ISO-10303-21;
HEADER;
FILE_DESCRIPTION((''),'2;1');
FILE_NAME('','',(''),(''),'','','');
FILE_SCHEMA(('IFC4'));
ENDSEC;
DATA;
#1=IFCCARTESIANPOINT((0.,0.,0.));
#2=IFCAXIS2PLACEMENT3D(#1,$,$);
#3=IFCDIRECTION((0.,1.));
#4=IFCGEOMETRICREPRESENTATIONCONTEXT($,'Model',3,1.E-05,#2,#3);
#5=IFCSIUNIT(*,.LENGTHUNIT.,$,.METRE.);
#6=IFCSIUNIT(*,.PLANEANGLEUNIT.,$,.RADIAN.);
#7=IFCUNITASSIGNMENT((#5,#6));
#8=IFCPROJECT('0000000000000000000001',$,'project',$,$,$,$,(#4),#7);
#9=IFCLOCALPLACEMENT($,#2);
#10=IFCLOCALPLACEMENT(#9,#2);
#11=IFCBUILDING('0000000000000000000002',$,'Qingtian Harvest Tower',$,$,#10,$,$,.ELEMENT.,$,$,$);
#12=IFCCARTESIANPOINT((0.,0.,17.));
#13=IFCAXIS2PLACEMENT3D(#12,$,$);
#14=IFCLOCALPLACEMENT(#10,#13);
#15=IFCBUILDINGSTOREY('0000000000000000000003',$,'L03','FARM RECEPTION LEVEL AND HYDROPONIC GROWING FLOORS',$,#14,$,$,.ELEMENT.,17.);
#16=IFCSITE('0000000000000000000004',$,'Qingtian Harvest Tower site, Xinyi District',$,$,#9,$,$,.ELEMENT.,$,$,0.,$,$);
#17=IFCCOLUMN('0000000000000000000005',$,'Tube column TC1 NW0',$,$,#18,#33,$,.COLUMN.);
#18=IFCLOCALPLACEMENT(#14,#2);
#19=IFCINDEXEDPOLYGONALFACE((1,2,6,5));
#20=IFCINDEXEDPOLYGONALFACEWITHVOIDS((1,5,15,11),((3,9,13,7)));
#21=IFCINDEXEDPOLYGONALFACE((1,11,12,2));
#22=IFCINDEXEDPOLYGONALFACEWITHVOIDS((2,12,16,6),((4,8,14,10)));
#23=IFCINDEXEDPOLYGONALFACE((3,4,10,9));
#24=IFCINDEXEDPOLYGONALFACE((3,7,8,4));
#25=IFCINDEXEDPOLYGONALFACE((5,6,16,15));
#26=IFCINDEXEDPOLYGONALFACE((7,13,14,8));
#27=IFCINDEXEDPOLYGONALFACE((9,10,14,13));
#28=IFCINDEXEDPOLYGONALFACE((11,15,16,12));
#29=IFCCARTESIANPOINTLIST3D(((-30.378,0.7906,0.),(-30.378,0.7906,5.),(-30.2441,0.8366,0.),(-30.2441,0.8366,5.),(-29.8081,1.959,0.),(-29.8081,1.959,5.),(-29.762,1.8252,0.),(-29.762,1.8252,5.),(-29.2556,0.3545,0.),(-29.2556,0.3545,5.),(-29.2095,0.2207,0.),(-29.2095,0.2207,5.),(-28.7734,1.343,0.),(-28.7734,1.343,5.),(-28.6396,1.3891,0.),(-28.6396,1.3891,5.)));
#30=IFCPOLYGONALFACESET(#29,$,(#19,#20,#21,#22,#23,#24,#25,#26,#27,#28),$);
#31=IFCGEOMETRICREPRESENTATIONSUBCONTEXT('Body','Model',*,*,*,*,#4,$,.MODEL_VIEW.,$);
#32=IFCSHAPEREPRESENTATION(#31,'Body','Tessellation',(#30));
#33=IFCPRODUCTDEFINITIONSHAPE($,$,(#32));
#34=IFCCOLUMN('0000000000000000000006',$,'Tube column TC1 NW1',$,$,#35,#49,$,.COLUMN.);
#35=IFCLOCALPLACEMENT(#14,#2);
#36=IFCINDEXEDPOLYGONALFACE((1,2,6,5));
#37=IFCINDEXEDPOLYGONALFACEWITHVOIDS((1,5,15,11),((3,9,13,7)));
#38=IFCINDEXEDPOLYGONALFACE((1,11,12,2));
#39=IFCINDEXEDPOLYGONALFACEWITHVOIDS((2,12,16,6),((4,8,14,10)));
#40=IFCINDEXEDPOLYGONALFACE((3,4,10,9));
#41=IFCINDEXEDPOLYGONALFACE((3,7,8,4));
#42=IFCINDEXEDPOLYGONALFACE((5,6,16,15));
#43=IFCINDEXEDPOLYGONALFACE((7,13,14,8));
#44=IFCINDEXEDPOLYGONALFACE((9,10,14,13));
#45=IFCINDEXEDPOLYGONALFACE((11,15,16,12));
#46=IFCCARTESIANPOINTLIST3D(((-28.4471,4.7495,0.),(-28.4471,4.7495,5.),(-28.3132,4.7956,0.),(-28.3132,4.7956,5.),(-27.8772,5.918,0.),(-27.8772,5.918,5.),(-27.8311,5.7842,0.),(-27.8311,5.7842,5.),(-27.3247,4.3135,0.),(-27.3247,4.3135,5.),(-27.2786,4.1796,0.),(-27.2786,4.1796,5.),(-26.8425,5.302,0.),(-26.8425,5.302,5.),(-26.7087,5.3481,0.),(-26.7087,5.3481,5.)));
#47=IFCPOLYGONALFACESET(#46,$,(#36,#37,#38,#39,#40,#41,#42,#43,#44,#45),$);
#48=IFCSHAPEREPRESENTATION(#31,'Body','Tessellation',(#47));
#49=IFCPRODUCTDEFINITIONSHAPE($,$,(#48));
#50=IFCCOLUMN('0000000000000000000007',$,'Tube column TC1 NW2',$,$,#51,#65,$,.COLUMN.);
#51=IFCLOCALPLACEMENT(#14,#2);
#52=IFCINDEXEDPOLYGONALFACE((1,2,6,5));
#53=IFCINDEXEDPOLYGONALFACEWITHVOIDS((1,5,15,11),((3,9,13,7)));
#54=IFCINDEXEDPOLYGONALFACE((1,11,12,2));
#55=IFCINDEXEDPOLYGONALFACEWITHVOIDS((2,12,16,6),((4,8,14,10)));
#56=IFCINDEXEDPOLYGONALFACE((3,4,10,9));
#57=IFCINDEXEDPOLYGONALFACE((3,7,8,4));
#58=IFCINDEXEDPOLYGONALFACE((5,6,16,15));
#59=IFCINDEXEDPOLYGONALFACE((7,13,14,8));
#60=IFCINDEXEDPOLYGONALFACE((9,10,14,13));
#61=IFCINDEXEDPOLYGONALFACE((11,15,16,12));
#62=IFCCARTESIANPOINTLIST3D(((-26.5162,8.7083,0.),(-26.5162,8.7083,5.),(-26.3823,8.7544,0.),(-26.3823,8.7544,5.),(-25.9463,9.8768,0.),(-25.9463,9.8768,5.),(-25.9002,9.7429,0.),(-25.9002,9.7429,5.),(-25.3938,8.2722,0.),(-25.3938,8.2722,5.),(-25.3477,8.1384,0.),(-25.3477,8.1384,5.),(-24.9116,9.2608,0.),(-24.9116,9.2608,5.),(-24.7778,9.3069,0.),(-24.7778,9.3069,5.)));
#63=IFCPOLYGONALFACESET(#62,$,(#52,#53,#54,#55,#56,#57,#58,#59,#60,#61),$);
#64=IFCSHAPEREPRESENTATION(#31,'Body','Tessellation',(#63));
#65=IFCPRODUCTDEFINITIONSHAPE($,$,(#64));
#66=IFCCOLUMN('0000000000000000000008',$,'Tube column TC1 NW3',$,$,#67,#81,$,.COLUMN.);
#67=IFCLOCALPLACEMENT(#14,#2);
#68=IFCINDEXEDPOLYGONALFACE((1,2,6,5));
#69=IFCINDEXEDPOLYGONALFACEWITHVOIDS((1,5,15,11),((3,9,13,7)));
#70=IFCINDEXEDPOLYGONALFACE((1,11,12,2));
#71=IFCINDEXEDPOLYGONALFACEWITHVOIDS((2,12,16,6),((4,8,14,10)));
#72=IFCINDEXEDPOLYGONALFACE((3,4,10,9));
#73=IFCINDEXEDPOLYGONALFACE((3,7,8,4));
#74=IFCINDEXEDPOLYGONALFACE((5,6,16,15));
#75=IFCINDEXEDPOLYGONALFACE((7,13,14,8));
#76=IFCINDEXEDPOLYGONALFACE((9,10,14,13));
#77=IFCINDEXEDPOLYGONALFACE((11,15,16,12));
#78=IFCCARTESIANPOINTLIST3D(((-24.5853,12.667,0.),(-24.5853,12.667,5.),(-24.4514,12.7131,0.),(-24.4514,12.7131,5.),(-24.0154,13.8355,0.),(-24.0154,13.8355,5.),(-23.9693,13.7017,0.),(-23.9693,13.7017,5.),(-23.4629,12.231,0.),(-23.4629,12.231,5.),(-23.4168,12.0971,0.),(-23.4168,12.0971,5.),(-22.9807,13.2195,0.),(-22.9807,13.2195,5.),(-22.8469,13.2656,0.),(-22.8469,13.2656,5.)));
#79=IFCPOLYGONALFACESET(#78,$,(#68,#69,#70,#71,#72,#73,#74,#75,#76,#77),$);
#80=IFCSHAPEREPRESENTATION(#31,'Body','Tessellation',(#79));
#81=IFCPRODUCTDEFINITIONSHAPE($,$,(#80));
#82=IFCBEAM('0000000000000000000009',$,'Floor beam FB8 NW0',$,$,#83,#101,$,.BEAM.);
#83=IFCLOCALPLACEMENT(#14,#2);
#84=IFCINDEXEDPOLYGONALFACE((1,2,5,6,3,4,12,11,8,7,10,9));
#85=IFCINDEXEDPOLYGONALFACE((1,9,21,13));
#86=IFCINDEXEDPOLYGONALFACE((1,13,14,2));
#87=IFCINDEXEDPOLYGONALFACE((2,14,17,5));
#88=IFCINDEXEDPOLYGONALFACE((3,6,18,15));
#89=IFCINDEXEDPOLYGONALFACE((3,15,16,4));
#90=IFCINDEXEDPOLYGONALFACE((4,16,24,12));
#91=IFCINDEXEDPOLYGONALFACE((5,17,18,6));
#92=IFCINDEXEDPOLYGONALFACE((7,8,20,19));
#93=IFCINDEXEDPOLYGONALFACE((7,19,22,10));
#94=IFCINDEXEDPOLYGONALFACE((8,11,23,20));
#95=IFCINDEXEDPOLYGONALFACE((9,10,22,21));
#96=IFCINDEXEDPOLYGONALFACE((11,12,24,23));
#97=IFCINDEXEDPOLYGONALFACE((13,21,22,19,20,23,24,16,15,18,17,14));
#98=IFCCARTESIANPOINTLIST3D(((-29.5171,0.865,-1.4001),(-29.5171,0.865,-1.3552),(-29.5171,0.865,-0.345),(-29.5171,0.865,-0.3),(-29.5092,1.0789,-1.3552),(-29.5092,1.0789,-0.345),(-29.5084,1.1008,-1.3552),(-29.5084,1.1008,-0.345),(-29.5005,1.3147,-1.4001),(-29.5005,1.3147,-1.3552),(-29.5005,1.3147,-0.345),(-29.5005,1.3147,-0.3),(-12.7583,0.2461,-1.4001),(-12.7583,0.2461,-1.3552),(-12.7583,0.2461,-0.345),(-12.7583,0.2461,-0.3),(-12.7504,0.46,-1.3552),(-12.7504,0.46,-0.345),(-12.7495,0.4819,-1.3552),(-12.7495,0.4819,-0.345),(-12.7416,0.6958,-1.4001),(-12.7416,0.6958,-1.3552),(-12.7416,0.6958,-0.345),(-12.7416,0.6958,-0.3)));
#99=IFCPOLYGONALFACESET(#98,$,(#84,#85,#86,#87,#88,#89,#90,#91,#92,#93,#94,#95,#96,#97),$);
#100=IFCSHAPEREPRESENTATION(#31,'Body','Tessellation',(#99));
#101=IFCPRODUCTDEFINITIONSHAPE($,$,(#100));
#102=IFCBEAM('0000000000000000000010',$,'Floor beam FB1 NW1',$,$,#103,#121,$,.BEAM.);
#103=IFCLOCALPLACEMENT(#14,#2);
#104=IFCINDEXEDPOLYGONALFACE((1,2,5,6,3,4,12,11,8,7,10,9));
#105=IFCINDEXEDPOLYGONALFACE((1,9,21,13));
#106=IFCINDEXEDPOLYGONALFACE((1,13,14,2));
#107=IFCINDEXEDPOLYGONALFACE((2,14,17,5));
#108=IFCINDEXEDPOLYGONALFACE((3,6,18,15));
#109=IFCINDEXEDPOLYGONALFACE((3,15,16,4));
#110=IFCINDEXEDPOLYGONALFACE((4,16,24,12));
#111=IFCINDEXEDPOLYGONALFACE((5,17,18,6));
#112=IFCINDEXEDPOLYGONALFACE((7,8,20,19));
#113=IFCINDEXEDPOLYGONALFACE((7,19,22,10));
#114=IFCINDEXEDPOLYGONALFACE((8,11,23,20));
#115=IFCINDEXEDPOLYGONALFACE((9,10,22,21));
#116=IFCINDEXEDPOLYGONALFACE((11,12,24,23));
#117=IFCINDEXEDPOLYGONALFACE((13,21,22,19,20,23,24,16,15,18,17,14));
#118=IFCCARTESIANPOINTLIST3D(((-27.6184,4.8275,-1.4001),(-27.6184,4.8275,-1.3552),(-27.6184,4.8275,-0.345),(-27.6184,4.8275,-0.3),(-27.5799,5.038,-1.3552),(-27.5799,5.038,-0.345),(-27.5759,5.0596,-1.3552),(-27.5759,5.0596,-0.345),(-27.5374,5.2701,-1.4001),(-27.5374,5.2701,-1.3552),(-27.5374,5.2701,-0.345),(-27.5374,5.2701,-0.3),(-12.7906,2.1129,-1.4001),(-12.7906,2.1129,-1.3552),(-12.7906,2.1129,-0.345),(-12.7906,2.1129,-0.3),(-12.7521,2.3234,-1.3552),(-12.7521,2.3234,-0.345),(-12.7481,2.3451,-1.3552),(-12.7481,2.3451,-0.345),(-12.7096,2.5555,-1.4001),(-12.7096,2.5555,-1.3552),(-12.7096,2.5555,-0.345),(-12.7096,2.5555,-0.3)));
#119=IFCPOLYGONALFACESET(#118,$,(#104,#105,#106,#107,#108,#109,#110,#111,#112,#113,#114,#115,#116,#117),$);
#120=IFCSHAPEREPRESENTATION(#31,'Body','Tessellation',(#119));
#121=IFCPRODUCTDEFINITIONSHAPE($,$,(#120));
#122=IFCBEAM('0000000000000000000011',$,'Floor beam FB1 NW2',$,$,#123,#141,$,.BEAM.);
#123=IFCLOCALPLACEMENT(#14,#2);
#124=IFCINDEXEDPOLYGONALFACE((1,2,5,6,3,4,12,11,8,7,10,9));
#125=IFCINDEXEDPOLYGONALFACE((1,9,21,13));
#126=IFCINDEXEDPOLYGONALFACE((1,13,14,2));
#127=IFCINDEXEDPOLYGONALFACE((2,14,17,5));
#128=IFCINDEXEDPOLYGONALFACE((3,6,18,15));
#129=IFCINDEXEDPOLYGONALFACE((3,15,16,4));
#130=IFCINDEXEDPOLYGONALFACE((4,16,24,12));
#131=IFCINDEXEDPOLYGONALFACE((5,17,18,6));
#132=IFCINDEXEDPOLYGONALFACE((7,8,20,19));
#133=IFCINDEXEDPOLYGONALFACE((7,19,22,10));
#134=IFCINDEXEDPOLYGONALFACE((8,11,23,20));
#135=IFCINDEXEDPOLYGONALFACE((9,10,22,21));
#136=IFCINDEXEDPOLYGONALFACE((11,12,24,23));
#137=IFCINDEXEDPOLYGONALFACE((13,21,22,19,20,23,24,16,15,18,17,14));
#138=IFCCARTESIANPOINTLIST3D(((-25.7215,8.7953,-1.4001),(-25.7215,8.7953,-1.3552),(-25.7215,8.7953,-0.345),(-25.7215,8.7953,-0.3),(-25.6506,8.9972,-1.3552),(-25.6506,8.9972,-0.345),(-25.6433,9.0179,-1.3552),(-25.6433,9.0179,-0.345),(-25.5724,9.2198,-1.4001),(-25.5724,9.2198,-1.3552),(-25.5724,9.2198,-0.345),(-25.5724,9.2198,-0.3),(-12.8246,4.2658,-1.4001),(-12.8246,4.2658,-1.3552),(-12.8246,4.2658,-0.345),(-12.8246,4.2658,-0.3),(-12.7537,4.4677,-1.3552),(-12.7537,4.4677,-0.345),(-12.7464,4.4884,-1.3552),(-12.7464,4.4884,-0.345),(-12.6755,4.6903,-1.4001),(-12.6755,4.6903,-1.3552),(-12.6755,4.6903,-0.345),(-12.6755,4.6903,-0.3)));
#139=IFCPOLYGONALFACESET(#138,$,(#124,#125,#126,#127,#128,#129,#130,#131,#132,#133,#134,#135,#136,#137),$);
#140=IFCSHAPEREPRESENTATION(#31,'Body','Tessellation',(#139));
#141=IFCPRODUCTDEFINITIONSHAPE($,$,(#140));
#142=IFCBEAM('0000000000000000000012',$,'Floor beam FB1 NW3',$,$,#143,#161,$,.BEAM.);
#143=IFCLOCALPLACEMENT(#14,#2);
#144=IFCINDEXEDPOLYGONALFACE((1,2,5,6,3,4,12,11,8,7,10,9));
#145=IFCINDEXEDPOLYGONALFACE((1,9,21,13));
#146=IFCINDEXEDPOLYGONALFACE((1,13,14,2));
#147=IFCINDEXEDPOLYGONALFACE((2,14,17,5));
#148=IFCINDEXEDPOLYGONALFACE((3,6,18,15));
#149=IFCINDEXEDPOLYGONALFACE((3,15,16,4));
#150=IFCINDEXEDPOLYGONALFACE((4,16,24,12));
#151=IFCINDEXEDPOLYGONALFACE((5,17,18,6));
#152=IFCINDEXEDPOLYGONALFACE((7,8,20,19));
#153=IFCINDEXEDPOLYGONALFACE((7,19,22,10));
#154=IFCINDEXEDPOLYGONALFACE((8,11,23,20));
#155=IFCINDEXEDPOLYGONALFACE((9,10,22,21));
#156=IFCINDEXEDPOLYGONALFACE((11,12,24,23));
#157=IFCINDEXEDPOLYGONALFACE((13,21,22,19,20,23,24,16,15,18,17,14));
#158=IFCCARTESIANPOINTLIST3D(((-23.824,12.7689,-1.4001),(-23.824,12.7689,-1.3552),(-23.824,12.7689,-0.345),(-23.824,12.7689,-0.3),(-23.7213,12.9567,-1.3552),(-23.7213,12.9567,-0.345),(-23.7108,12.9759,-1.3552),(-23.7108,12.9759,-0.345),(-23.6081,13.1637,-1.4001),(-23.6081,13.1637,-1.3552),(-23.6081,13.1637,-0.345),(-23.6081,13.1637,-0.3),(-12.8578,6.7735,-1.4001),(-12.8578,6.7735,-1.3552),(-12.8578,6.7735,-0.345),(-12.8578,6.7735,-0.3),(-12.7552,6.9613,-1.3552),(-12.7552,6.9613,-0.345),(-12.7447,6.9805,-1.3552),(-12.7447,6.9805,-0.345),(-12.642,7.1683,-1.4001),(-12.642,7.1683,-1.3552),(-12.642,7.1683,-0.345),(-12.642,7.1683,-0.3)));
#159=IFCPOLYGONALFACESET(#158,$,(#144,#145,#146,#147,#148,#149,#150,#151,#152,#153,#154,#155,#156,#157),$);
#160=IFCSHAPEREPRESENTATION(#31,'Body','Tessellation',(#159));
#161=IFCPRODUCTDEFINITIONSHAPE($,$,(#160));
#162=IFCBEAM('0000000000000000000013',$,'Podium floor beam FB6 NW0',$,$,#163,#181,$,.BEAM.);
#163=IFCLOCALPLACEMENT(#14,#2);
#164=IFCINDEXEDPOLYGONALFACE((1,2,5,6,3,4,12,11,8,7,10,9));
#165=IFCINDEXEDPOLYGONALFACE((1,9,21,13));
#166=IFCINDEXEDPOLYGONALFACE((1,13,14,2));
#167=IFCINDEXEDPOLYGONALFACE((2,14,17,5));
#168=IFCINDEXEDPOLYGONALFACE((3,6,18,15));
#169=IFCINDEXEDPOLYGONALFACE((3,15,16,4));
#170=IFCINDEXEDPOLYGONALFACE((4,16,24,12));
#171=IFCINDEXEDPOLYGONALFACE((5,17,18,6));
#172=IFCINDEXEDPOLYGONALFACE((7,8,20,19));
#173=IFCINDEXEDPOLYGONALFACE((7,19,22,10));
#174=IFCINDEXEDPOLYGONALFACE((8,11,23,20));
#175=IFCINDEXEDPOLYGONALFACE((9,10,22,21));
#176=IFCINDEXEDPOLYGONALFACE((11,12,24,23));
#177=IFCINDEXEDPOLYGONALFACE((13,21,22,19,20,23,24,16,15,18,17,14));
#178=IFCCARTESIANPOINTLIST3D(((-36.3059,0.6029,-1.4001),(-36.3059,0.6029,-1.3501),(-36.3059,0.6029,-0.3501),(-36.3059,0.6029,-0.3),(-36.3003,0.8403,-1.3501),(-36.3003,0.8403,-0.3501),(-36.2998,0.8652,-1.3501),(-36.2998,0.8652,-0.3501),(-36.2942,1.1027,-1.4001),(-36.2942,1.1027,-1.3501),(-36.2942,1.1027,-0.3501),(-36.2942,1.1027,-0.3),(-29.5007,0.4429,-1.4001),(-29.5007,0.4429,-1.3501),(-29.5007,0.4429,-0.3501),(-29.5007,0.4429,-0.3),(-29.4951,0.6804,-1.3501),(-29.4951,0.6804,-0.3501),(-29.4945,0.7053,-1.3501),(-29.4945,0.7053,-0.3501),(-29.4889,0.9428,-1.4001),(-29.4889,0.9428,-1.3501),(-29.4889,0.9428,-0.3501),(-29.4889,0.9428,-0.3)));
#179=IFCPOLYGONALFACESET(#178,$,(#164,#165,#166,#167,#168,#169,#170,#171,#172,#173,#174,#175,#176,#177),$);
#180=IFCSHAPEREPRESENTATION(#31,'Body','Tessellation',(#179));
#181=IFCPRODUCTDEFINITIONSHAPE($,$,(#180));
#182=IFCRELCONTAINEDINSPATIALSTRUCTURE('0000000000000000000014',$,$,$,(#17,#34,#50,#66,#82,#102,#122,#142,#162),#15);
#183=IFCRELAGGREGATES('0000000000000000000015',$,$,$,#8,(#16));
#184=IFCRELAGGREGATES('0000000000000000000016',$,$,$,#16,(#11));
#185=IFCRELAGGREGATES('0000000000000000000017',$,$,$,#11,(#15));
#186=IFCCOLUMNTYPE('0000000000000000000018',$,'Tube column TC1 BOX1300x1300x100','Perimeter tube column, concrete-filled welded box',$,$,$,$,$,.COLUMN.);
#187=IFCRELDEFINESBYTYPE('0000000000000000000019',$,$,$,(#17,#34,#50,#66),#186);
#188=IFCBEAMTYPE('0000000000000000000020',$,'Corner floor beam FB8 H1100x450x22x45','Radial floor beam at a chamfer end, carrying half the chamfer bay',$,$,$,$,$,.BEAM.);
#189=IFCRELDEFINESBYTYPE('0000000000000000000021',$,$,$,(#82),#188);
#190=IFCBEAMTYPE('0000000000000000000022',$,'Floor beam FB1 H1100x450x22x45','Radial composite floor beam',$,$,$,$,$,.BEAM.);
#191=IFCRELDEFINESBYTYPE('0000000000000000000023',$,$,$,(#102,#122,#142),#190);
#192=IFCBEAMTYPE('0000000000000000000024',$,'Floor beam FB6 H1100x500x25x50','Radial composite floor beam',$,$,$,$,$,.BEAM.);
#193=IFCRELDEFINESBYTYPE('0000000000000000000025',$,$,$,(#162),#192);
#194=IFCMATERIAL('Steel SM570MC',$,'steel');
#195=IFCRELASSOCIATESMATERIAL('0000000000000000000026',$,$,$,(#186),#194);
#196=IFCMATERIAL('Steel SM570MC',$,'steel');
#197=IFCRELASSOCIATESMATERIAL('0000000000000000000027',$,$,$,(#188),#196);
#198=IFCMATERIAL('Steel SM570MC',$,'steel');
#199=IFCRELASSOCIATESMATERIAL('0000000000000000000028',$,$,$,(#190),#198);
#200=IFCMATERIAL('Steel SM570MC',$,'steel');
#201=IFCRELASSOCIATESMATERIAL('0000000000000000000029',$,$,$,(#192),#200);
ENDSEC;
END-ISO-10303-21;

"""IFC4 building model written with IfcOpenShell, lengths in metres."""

from ifc_helpers import new_model, si_unit, direction, frame, origin, origin_2d, place, context, subcontext, project, spatial, hollow_rectangle, i_section, extrude, material, material_profile, profile_set, type_object, element, save


model = new_model("IFC4")

# Units and contexts
model_context = context("Model", 3, precision=1e-05, world=origin(), true_north=direction((0.0, 1.0)))
body_context = subcontext(model_context, "Body", "Model", "MODEL_VIEW")
ifc_project = project(units=[si_unit("LENGTHUNIT", "METRE"), si_unit("PLANEANGLEUNIT", "RADIAN")], contexts=[model_context])

# Site, building, storey
site_placement = place(None, origin())
site = spatial("IfcSite", under=ifc_project, at=site_placement, Name="Qingtian Harvest Tower site, Xinyi District", CompositionType="ELEMENT", RefElevation=0.0)
building_placement = place(site_placement, origin())
building = spatial("IfcBuilding", under=site, at=building_placement, Name="Qingtian Harvest Tower", CompositionType="ELEMENT")
storey_placement = place(building_placement, frame((0.0, 0.0, 17.0)))
storey = spatial("IfcBuildingStorey", under=building, at=storey_placement, Name="L03", Description="FARM RECEPTION LEVEL AND HYDROPONIC GROWING FLOORS", CompositionType="ELEMENT", Elevation=17.0)

# Columns
ifc_material_1 = material(Name="Steel SM570MC", Category="steel")
ifc_material_profile_1 = material_profile(ifc_material_1, hollow_rectangle(XDim=1.3, YDim=1.3, WallThickness=0.1001, at=origin_2d()), Name="BOX1300x1300x100")
ifc_profile_set_1 = profile_set([ifc_material_profile_1], Name="Steel SM570MC")
column_type = type_object("IfcColumnType", Name="Tube column TC1 BOX1300x1300x100", Description="Perimeter tube column, concrete-filled welded box", PredefinedType="COLUMN", material=ifc_profile_set_1)
for number, where, z_axis, x_axis, name in (
    (1, (-29.5088, 1.0898, 0.0), (0.0, 0.0, 1.0), (-0.438371, -0.898794, 0.0), "Tube column TC1 NW0"),
    (2, (-27.5779, 5.0488, 0.0), (0.0, 0.0, 1.0), (-0.438371, -0.898794, 0.0), "Tube column TC1 NW1"),
    (3, (-25.647, 9.0076, 0.0), (0.0, 0.0, 1.0), (-0.438371, -0.898794, 0.0), "Tube column TC1 NW2"),
    (4, (-23.7161, 12.9663, 0.0), (0.0, 0.0, 1.0), (-0.438371, -0.898794, 0.0), "Tube column TC1 NW3"),
):
    element("IfcColumn", number, at=place(storey_placement, frame(where, z_axis=z_axis, x_axis=x_axis)), inside=storey, type_object=column_type, Name=name, PredefinedType="COLUMN", context=body_context, shape_type="SweptSolid", body=[
        extrude(hollow_rectangle(XDim=1.3, YDim=1.3, WallThickness=0.1001, at=origin_2d()), origin(), (0.0, 0.0, 1.0), 5.0),
    ])

# Beams
ifc_material_2 = material(Name="Steel SM570MC", Category="steel")
ifc_material_profile_2 = material_profile(ifc_material_2, i_section(OverallWidth=0.45, OverallDepth=1.1001, WebThickness=0.022, FlangeThickness=0.0449, at=origin_2d()), Name="H1100x450x22x45")
ifc_profile_set_2 = profile_set([ifc_material_profile_2], Name="Steel SM570MC")
beam_type_1 = type_object("IfcBeamType", Name="Corner floor beam FB8 H1100x450x22x45", Description="Radial floor beam at a chamfer end, carrying half the chamfer bay", PredefinedType="BEAM", material=ifc_profile_set_2)
beam_1_placement = place(storey_placement, frame((-29.5088, 1.0898, -0.8501), z_axis=(0.999319, -0.036905, 0.0), x_axis=(0.036905, 0.999319, 0.0)))
element("IfcBeam", 5, at=beam_1_placement, inside=storey, type_object=beam_type_1, Name="Floor beam FB8 NW0", PredefinedType="BEAM", context=body_context, shape_type="SweptSolid", body=[
    extrude(i_section(OverallWidth=0.45, OverallDepth=1.1001, WebThickness=0.022, FlangeThickness=0.0449, at=origin_2d()), origin(), (0.0, 0.0, 1.0), 16.7703),
])
ifc_material_3 = material(Name="Steel SM570MC", Category="steel")
ifc_material_profile_3 = material_profile(ifc_material_3, i_section(OverallWidth=0.45, OverallDepth=1.1001, WebThickness=0.022, FlangeThickness=0.0449, at=origin_2d()), Name="H1100x450x22x45")
ifc_profile_set_3 = profile_set([ifc_material_profile_3], Name="Steel SM570MC")
beam_type_2 = type_object("IfcBeamType", Name="Floor beam FB1 H1100x450x22x45", Description="Radial composite floor beam", PredefinedType="BEAM", material=ifc_profile_set_3)
beam_2_placement = place(storey_placement, frame((-27.5779, 5.0488, -0.8501), z_axis=(0.983652, -0.180081, 0.0), x_axis=(0.180081, 0.983652, 0.0)))
element("IfcBeam", 6, at=beam_2_placement, inside=storey, type_object=beam_type_2, Name="Floor beam FB1 NW1", PredefinedType="BEAM", context=body_context, shape_type="SweptSolid", body=[
    extrude(i_section(OverallWidth=0.45, OverallDepth=1.1001, WebThickness=0.022, FlangeThickness=0.0449, at=origin_2d()), origin(), (0.0, 0.0, 1.0), 15.0742),
])
beam_3_placement = place(storey_placement, frame((-25.647, 9.0076, -0.8501), z_axis=(0.943502, -0.331367, 0.0), x_axis=(0.331367, 0.943502, 0.0)))
element("IfcBeam", 7, at=beam_3_placement, inside=storey, type_object=beam_type_2, Name="Floor beam FB1 NW2", PredefinedType="BEAM", context=body_context, shape_type="SweptSolid", body=[
    extrude(i_section(OverallWidth=0.45, OverallDepth=1.1001, WebThickness=0.022, FlangeThickness=0.0449, at=origin_2d()), origin(), (0.0, 0.0, 1.0), 13.6692),
])
beam_4_placement = place(storey_placement, frame((-23.7161, 12.9663, -0.8501), z_axis=(0.877429, -0.479707, 0.0), x_axis=(0.479707, 0.877429, 0.0)))
element("IfcBeam", 8, at=beam_4_placement, inside=storey, type_object=beam_type_2, Name="Floor beam FB1 NW3", PredefinedType="BEAM", context=body_context, shape_type="SweptSolid", body=[
    extrude(i_section(OverallWidth=0.45, OverallDepth=1.1001, WebThickness=0.022, FlangeThickness=0.0449, at=origin_2d()), origin(), (0.0, 0.0, 1.0), 12.498),
])
ifc_material_4 = material(Name="Steel SM570MC", Category="steel")
ifc_material_profile_4 = material_profile(ifc_material_4, i_section(OverallWidth=0.5, OverallDepth=1.1001, WebThickness=0.0249, FlangeThickness=0.05, at=origin_2d()), Name="H1100x500x25x50")
ifc_profile_set_4 = profile_set([ifc_material_profile_4], Name="Steel SM570MC")
beam_type_3 = type_object("IfcBeamType", Name="Floor beam FB6 H1100x500x25x50", Description="Radial composite floor beam", PredefinedType="BEAM", material=ifc_profile_set_4)
beam_5_placement = place(storey_placement, frame((-36.3, 0.8528, -0.8501), z_axis=(0.999724, -0.023492, 0.0), x_axis=(0.023492, 0.999724, 0.0)))
element("IfcBeam", 9, at=beam_5_placement, inside=storey, type_object=beam_type_3, Name="Podium floor beam FB6 NW0", PredefinedType="BEAM", context=body_context, shape_type="SweptSolid", body=[
    extrude(i_section(OverallWidth=0.5, OverallDepth=1.1001, WebThickness=0.0249, FlangeThickness=0.05, at=origin_2d()), origin(), (0.0, 0.0, 1.0), 6.8071),
])

save(model, "model.ifc")
